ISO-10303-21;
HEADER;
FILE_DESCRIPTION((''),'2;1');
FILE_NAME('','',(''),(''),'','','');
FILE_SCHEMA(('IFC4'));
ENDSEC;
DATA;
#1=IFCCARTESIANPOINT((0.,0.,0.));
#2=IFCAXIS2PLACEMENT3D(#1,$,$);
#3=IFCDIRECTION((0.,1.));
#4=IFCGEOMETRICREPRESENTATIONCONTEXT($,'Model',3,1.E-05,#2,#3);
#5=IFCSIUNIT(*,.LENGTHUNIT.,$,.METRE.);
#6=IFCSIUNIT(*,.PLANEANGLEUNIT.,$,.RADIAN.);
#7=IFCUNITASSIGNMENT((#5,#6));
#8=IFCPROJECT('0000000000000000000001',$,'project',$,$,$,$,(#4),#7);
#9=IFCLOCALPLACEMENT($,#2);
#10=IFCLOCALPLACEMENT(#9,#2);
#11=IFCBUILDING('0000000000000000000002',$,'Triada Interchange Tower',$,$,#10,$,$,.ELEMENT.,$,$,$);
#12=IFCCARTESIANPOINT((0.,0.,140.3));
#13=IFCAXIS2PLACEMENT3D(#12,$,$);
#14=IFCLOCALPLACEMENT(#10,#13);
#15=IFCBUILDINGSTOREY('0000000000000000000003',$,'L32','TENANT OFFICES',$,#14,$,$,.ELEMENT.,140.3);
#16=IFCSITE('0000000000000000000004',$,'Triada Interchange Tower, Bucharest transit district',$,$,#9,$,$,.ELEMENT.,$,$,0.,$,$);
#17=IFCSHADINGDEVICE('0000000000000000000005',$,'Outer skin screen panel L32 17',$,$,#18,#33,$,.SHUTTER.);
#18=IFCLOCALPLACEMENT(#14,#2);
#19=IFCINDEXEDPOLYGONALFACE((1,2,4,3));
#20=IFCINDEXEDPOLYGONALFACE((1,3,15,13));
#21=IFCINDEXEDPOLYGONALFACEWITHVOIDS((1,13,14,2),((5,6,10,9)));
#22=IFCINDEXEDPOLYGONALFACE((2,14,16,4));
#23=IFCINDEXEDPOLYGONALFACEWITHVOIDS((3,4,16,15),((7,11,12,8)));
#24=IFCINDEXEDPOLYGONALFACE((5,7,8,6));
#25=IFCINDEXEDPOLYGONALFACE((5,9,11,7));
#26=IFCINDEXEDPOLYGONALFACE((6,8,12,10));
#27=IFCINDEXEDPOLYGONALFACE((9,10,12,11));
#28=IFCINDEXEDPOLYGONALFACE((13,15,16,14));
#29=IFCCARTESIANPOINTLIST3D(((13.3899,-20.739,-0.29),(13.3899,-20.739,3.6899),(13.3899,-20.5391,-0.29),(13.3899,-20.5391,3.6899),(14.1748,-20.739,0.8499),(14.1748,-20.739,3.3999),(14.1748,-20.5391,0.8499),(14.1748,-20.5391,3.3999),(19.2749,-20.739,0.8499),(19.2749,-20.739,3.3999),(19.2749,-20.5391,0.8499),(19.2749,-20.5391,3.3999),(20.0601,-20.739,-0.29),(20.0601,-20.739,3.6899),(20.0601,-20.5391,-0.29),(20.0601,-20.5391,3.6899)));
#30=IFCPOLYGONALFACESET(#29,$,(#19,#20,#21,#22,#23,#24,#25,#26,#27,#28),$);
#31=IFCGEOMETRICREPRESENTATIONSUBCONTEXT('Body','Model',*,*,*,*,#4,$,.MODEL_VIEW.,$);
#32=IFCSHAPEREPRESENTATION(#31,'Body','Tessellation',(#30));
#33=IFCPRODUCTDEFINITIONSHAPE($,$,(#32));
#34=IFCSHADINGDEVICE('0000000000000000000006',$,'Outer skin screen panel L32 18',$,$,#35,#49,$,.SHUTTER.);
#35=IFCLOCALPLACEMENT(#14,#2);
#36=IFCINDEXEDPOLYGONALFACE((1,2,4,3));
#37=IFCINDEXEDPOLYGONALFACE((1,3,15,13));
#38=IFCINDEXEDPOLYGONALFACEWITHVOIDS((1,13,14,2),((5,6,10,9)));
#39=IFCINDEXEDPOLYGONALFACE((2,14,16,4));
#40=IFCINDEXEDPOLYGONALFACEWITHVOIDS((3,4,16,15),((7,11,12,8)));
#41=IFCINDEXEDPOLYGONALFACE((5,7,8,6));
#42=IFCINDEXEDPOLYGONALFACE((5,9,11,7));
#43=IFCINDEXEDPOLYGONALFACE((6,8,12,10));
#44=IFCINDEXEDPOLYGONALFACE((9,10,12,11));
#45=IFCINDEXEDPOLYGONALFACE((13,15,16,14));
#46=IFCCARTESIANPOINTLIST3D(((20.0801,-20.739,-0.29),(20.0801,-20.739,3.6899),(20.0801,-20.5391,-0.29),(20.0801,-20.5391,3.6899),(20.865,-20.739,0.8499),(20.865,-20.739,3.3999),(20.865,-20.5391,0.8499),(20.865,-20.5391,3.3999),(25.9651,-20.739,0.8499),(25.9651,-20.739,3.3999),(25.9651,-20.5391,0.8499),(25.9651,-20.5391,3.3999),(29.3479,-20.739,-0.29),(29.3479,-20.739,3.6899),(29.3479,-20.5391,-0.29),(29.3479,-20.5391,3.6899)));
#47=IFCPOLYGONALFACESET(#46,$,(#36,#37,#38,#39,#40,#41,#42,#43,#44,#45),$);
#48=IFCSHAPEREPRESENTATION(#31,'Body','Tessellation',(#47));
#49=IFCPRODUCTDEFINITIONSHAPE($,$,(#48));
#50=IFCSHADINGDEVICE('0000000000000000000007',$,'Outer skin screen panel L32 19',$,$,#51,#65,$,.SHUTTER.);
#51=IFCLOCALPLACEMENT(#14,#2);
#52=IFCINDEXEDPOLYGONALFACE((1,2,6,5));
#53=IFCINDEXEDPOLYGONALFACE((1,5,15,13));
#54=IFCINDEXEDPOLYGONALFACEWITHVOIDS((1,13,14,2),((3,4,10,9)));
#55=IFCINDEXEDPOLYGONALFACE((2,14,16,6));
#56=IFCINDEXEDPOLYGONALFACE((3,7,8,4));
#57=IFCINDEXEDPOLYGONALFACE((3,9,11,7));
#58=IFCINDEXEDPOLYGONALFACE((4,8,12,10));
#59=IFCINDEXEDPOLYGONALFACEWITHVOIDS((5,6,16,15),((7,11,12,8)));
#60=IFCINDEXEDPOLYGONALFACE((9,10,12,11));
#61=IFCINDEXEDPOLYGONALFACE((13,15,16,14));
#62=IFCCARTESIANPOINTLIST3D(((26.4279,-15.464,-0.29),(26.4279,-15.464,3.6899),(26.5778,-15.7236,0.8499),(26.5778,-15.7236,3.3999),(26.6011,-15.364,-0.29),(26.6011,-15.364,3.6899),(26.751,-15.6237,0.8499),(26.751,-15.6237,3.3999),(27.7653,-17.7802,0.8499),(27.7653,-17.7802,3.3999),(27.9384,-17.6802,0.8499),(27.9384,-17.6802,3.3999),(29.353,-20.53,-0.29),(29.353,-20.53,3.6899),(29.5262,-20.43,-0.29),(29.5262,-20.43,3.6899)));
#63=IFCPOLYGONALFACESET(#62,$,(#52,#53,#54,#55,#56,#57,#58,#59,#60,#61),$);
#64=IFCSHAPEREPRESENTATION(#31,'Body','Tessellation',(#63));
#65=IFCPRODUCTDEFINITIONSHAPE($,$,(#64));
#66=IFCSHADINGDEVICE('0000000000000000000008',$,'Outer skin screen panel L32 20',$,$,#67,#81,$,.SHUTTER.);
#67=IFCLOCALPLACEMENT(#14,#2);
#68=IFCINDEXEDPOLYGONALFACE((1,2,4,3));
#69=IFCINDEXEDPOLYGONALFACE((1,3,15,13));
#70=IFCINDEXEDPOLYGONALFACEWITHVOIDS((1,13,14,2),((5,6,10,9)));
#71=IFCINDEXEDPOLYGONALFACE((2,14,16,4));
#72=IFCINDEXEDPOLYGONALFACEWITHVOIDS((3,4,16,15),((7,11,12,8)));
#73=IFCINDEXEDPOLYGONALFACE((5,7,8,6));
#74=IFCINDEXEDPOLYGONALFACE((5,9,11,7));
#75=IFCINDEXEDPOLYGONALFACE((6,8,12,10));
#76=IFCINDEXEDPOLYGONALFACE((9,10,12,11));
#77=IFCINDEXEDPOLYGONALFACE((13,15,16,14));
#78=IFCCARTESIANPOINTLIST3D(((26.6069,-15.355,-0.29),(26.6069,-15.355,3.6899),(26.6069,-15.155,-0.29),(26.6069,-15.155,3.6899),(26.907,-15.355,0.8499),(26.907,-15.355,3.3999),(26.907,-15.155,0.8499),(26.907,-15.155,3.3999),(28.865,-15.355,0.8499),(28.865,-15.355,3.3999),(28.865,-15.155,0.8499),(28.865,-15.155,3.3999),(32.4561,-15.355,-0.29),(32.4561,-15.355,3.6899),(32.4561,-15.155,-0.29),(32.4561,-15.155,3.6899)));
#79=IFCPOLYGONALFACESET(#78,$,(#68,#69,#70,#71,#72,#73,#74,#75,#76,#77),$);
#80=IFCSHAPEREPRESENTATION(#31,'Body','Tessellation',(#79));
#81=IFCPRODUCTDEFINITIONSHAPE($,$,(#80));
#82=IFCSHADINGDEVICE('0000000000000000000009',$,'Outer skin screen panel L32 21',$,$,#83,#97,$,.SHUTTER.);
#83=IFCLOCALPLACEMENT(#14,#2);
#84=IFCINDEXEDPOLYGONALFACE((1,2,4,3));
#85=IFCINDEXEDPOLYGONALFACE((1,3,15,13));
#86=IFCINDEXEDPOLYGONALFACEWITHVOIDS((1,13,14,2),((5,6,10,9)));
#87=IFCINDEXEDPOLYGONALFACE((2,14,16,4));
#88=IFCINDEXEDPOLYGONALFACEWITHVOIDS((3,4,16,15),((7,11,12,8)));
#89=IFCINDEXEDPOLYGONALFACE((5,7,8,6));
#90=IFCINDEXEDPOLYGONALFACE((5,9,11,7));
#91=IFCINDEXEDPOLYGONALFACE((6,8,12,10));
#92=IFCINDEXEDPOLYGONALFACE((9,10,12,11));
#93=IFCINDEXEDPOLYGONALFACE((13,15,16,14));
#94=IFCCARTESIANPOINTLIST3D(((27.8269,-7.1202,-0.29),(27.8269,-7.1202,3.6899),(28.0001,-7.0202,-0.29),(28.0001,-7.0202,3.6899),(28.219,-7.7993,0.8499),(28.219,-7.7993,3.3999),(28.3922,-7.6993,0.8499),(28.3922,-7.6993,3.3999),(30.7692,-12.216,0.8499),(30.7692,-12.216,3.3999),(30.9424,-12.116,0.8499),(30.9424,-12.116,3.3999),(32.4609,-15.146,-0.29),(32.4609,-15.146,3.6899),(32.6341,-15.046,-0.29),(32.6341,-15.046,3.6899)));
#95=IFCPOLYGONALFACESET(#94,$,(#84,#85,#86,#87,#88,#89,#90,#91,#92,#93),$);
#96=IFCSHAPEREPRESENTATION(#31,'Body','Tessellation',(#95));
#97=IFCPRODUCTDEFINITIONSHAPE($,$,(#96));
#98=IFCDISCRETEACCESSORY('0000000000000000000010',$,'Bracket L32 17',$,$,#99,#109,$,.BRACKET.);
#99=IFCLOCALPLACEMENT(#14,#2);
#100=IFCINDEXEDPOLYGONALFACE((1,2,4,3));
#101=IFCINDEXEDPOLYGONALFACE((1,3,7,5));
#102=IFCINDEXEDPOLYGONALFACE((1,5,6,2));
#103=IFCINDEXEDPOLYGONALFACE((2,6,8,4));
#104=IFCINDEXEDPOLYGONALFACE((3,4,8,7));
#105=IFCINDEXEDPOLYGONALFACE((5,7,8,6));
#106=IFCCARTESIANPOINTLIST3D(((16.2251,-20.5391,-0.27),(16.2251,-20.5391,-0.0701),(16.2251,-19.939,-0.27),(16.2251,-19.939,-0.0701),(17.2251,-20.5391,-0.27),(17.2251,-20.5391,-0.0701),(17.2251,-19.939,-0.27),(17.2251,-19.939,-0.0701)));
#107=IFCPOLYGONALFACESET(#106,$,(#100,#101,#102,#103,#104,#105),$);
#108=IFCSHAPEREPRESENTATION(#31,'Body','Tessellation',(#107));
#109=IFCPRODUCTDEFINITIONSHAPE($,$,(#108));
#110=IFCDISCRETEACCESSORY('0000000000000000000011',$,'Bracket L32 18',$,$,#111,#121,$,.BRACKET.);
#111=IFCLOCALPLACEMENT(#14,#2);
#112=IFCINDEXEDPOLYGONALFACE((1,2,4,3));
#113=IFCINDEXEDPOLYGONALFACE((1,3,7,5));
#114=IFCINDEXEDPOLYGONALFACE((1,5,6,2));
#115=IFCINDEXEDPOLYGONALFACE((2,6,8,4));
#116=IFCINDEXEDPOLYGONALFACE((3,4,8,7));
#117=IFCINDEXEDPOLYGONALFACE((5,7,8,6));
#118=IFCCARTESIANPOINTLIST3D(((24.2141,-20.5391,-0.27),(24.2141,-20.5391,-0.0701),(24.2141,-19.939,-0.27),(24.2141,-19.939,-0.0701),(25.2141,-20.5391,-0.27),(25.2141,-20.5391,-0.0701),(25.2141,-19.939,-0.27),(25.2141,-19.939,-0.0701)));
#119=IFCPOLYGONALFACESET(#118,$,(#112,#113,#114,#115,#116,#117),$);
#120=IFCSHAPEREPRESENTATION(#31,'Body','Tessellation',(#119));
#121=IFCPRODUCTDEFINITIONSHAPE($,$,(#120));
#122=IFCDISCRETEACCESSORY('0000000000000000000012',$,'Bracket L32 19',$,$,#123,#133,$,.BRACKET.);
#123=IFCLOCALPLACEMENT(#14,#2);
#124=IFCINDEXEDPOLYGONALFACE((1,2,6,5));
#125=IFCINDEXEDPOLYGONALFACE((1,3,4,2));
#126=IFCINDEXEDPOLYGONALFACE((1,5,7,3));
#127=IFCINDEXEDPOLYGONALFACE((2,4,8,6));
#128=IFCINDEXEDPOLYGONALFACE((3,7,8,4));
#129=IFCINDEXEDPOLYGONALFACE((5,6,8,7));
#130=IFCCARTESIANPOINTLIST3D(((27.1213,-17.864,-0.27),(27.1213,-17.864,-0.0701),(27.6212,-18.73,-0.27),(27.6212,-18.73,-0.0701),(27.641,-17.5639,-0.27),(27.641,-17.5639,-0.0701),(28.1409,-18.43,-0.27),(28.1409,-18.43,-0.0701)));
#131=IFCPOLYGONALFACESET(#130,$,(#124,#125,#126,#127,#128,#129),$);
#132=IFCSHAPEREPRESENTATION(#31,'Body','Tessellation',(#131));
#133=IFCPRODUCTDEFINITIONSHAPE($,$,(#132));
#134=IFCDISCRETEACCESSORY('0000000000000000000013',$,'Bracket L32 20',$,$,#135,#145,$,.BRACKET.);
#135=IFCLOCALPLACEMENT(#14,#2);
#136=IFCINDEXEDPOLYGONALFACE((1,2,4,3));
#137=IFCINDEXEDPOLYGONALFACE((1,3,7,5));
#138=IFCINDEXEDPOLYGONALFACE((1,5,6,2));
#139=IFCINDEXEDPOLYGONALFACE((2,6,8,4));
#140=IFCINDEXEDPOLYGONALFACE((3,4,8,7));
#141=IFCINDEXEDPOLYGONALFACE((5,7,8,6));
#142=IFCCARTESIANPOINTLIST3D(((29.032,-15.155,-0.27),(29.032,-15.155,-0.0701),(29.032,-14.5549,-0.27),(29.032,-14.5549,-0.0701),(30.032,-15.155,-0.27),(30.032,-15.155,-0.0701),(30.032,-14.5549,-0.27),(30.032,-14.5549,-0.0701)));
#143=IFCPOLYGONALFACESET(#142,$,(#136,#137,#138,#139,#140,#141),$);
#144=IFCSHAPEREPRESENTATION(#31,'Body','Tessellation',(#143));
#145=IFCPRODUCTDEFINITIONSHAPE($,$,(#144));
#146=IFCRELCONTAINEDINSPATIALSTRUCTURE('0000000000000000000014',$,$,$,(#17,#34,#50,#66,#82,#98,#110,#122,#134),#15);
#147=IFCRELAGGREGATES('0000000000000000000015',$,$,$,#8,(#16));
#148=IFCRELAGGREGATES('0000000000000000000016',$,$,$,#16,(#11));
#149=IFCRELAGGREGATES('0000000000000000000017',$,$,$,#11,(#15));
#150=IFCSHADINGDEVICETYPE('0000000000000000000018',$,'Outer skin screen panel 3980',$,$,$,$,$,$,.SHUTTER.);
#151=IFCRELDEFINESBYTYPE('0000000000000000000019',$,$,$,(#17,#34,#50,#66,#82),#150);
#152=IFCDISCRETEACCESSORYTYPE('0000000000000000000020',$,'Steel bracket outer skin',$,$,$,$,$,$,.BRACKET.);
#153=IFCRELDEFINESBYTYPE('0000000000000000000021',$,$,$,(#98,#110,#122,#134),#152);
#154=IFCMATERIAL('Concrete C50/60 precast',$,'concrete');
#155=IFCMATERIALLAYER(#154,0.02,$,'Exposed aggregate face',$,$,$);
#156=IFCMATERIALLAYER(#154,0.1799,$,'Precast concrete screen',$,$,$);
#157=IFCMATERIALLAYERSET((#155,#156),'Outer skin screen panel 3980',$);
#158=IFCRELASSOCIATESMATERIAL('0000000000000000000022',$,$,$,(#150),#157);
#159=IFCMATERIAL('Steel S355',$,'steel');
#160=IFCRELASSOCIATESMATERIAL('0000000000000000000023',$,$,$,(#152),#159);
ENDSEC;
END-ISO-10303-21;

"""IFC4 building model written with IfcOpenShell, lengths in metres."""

from ifc_helpers import new_model, si_unit, direction, frame, origin, origin_2d, place, context, subcontext, project, spatial, polyline, rectangle, outline, extrude, material, layer, layer_set, type_object, element, save


model = new_model("IFC4")

# Units and contexts
model_context = context("Model", 3, precision=1e-05, world=origin(), true_north=direction((0.0, 1.0)))
body_context = subcontext(model_context, "Body", "Model", "MODEL_VIEW")
ifc_project = project(units=[si_unit("LENGTHUNIT", "METRE"), si_unit("PLANEANGLEUNIT", "RADIAN")], contexts=[model_context])

# Site, building, storey
site_placement = place(None, origin())
site = spatial("IfcSite", under=ifc_project, at=site_placement, Name="Triada Interchange Tower, Bucharest transit district", CompositionType="ELEMENT", RefElevation=0.0)
building_placement = place(site_placement, origin())
building = spatial("IfcBuilding", under=site, at=building_placement, Name="Triada Interchange Tower", CompositionType="ELEMENT")
storey_placement = place(building_placement, frame((0.0, 0.0, 140.3)))
storey = spatial("IfcBuildingStorey", under=building, at=storey_placement, Name="L32", Description="TENANT OFFICES", CompositionType="ELEMENT", Elevation=140.3)

# Shading devices
ifc_material_1 = material(Name="Concrete C50/60 precast", Category="concrete")
ifc_layer_1 = layer(ifc_material_1, 0.02, Name="Exposed aggregate face")
ifc_layer_2 = layer(ifc_material_1, 0.1799, Name="Precast concrete screen")
ifc_layer_set_1 = layer_set([ifc_layer_1, ifc_layer_2], Name="Outer skin screen panel 3980")
shading_device_type = type_object("IfcShadingDeviceType", Name="Outer skin screen panel 3980", PredefinedType="SHUTTER", material=ifc_layer_set_1)
shading_device_1_placement = place(storey_placement, frame((13.3899, -20.5391, -0.29), z_axis=(0.0, 0.0, 1.0), x_axis=(1.0, 0.0, 0.0)))
element("IfcShadingDevice", 1, at=shading_device_1_placement, inside=storey, type_object=shading_device_type, Name="Outer skin screen panel L32 17", PredefinedType="SHUTTER", context=body_context, shape_type="SweptSolid", body=[
    extrude(outline(polyline([(0.0, 0.0), (6.6702, 0.0), (6.6702, 3.98), (0.0, 3.98), (0.0, 0.0)]), holes=[polyline([(0.7849, 1.1399), (0.7849, 3.6899), (5.885, 3.6899), (5.885, 1.1399), (0.7849, 1.1399)])]), frame((0.0, 0.0, 0.0), z_axis=(0.0, -1.0, 0.0), x_axis=(1.0, 0.0, 0.0)), (0.0, 0.0, 1.0), 0.2),
])
shading_device_2_placement = place(storey_placement, frame((20.0801, -20.5391, -0.29), z_axis=(0.0, 0.0, 1.0), x_axis=(1.0, 0.0, 0.0)))
element("IfcShadingDevice", 2, at=shading_device_2_placement, inside=storey, type_object=shading_device_type, Name="Outer skin screen panel L32 18", PredefinedType="SHUTTER", context=body_context, shape_type="SweptSolid", body=[
    extrude(outline(polyline([(0.0, 0.0), (9.2678, 0.0), (9.2678, 3.98), (0.0, 3.98), (0.0, 0.0)]), holes=[polyline([(0.7849, 1.1399), (0.7849, 3.6899), (5.885, 3.6899), (5.885, 1.1399), (0.7849, 1.1399)])]), frame((0.0, 0.0, 0.0), z_axis=(0.0, -1.0, 0.0), x_axis=(1.0, 0.0, 0.0)), (0.0, 0.0, 1.0), 0.2),
])
shading_device_3_placement = place(storey_placement, frame((29.353, -20.53, -0.29), z_axis=(0.0, 0.0, 1.0), x_axis=(-0.500031, 0.866008, 0.0)))
element("IfcShadingDevice", 3, at=shading_device_3_placement, inside=storey, type_object=shading_device_type, Name="Outer skin screen panel L32 19", PredefinedType="SHUTTER", context=body_context, shape_type="SweptSolid", body=[
    extrude(outline(polyline([(0.0, 0.0), (5.8499, 0.0), (5.8499, 3.98), (0.0, 3.98), (0.0, 0.0)]), holes=[polyline([(3.1753, 1.1399), (3.1753, 3.6899), (5.55, 3.6899), (5.55, 1.1399), (3.1753, 1.1399)])]), frame((0.0, 0.0, 0.0), z_axis=(0.0, -1.0, 0.0), x_axis=(1.0, 0.0, 0.0)), (0.0, 0.0, 1.0), 0.2),
])
shading_device_4_placement = place(storey_placement, frame((26.6069, -15.155, -0.29), z_axis=(0.0, 0.0, 1.0), x_axis=(1.0, 0.0, 0.0)))
element("IfcShadingDevice", 4, at=shading_device_4_placement, inside=storey, type_object=shading_device_type, Name="Outer skin screen panel L32 20", PredefinedType="SHUTTER", context=body_context, shape_type="SweptSolid", body=[
    extrude(outline(polyline([(0.0, 0.0), (5.8491, 0.0), (5.8491, 3.98), (0.0, 3.98), (0.0, 0.0)]), holes=[polyline([(0.3, 1.1399), (0.3, 3.6899), (2.2581, 3.6899), (2.2581, 1.1399), (0.3, 1.1399)])]), frame((0.0, 0.0, 0.0), z_axis=(0.0, -1.0, 0.0), x_axis=(1.0, 0.0, 0.0)), (0.0, 0.0, 1.0), 0.2),
])
shading_device_5_placement = place(storey_placement, frame((32.4609, -15.146, -0.29), z_axis=(0.0, 0.0, 1.0), x_axis=(-0.500023, 0.866012, 0.0)))
element("IfcShadingDevice", 5, at=shading_device_5_placement, inside=storey, type_object=shading_device_type, Name="Outer skin screen panel L32 21", PredefinedType="SHUTTER", context=body_context, shape_type="SweptSolid", body=[
    extrude(outline(polyline([(0.0, 0.0), (9.2676, 0.0), (9.2676, 3.98), (0.0, 3.98), (0.0, 0.0)]), holes=[polyline([(3.3833, 1.1399), (3.3833, 3.6899), (8.4834, 3.6899), (8.4834, 1.1399), (3.3833, 1.1399)])]), frame((0.0, 0.0, 0.0), z_axis=(0.0, -1.0, 0.0), x_axis=(1.0, 0.0, 0.0)), (0.0, 0.0, 1.0), 0.2),
])

# Discrete accessories
ifc_material_2 = material(Name="Steel S355", Category="steel")
discrete_accessory_type = type_object("IfcDiscreteAccessoryType", Name="Steel bracket outer skin", PredefinedType="BRACKET", material=ifc_material_2)
for number, where, z_axis, x_axis, name in (
    (6, (16.7251, -20.239, -0.27), (0.0, 0.0, 1.0), (0.0, -1.0, 0.0), "Bracket L32 17"),
    (7, (24.7141, -20.239, -0.27), (0.0, 0.0, 1.0), (0.0, -1.0, 0.0), "Bracket L32 18"),
    (8, (27.6311, -18.147, -0.27), (0.0, 0.0, 1.0), (0.866057, 0.499945, 0.0), "Bracket L32 19"),
    (9, (29.532, -14.855, -0.27), (0.0, 0.0, 1.0), (0.0, -1.0, 0.0), "Bracket L32 20"),
):
    element("IfcDiscreteAccessory", number, at=place(storey_placement, frame(where, z_axis=z_axis, x_axis=x_axis)), inside=storey, type_object=discrete_accessory_type, Name=name, PredefinedType="BRACKET", context=body_context, shape_type="SweptSolid", body=[
        extrude(rectangle(XDim=0.6001, YDim=1.0, at=origin_2d()), origin(), (0.0, 0.0, 1.0), 0.2),
    ])

save(model, "model.ifc")
